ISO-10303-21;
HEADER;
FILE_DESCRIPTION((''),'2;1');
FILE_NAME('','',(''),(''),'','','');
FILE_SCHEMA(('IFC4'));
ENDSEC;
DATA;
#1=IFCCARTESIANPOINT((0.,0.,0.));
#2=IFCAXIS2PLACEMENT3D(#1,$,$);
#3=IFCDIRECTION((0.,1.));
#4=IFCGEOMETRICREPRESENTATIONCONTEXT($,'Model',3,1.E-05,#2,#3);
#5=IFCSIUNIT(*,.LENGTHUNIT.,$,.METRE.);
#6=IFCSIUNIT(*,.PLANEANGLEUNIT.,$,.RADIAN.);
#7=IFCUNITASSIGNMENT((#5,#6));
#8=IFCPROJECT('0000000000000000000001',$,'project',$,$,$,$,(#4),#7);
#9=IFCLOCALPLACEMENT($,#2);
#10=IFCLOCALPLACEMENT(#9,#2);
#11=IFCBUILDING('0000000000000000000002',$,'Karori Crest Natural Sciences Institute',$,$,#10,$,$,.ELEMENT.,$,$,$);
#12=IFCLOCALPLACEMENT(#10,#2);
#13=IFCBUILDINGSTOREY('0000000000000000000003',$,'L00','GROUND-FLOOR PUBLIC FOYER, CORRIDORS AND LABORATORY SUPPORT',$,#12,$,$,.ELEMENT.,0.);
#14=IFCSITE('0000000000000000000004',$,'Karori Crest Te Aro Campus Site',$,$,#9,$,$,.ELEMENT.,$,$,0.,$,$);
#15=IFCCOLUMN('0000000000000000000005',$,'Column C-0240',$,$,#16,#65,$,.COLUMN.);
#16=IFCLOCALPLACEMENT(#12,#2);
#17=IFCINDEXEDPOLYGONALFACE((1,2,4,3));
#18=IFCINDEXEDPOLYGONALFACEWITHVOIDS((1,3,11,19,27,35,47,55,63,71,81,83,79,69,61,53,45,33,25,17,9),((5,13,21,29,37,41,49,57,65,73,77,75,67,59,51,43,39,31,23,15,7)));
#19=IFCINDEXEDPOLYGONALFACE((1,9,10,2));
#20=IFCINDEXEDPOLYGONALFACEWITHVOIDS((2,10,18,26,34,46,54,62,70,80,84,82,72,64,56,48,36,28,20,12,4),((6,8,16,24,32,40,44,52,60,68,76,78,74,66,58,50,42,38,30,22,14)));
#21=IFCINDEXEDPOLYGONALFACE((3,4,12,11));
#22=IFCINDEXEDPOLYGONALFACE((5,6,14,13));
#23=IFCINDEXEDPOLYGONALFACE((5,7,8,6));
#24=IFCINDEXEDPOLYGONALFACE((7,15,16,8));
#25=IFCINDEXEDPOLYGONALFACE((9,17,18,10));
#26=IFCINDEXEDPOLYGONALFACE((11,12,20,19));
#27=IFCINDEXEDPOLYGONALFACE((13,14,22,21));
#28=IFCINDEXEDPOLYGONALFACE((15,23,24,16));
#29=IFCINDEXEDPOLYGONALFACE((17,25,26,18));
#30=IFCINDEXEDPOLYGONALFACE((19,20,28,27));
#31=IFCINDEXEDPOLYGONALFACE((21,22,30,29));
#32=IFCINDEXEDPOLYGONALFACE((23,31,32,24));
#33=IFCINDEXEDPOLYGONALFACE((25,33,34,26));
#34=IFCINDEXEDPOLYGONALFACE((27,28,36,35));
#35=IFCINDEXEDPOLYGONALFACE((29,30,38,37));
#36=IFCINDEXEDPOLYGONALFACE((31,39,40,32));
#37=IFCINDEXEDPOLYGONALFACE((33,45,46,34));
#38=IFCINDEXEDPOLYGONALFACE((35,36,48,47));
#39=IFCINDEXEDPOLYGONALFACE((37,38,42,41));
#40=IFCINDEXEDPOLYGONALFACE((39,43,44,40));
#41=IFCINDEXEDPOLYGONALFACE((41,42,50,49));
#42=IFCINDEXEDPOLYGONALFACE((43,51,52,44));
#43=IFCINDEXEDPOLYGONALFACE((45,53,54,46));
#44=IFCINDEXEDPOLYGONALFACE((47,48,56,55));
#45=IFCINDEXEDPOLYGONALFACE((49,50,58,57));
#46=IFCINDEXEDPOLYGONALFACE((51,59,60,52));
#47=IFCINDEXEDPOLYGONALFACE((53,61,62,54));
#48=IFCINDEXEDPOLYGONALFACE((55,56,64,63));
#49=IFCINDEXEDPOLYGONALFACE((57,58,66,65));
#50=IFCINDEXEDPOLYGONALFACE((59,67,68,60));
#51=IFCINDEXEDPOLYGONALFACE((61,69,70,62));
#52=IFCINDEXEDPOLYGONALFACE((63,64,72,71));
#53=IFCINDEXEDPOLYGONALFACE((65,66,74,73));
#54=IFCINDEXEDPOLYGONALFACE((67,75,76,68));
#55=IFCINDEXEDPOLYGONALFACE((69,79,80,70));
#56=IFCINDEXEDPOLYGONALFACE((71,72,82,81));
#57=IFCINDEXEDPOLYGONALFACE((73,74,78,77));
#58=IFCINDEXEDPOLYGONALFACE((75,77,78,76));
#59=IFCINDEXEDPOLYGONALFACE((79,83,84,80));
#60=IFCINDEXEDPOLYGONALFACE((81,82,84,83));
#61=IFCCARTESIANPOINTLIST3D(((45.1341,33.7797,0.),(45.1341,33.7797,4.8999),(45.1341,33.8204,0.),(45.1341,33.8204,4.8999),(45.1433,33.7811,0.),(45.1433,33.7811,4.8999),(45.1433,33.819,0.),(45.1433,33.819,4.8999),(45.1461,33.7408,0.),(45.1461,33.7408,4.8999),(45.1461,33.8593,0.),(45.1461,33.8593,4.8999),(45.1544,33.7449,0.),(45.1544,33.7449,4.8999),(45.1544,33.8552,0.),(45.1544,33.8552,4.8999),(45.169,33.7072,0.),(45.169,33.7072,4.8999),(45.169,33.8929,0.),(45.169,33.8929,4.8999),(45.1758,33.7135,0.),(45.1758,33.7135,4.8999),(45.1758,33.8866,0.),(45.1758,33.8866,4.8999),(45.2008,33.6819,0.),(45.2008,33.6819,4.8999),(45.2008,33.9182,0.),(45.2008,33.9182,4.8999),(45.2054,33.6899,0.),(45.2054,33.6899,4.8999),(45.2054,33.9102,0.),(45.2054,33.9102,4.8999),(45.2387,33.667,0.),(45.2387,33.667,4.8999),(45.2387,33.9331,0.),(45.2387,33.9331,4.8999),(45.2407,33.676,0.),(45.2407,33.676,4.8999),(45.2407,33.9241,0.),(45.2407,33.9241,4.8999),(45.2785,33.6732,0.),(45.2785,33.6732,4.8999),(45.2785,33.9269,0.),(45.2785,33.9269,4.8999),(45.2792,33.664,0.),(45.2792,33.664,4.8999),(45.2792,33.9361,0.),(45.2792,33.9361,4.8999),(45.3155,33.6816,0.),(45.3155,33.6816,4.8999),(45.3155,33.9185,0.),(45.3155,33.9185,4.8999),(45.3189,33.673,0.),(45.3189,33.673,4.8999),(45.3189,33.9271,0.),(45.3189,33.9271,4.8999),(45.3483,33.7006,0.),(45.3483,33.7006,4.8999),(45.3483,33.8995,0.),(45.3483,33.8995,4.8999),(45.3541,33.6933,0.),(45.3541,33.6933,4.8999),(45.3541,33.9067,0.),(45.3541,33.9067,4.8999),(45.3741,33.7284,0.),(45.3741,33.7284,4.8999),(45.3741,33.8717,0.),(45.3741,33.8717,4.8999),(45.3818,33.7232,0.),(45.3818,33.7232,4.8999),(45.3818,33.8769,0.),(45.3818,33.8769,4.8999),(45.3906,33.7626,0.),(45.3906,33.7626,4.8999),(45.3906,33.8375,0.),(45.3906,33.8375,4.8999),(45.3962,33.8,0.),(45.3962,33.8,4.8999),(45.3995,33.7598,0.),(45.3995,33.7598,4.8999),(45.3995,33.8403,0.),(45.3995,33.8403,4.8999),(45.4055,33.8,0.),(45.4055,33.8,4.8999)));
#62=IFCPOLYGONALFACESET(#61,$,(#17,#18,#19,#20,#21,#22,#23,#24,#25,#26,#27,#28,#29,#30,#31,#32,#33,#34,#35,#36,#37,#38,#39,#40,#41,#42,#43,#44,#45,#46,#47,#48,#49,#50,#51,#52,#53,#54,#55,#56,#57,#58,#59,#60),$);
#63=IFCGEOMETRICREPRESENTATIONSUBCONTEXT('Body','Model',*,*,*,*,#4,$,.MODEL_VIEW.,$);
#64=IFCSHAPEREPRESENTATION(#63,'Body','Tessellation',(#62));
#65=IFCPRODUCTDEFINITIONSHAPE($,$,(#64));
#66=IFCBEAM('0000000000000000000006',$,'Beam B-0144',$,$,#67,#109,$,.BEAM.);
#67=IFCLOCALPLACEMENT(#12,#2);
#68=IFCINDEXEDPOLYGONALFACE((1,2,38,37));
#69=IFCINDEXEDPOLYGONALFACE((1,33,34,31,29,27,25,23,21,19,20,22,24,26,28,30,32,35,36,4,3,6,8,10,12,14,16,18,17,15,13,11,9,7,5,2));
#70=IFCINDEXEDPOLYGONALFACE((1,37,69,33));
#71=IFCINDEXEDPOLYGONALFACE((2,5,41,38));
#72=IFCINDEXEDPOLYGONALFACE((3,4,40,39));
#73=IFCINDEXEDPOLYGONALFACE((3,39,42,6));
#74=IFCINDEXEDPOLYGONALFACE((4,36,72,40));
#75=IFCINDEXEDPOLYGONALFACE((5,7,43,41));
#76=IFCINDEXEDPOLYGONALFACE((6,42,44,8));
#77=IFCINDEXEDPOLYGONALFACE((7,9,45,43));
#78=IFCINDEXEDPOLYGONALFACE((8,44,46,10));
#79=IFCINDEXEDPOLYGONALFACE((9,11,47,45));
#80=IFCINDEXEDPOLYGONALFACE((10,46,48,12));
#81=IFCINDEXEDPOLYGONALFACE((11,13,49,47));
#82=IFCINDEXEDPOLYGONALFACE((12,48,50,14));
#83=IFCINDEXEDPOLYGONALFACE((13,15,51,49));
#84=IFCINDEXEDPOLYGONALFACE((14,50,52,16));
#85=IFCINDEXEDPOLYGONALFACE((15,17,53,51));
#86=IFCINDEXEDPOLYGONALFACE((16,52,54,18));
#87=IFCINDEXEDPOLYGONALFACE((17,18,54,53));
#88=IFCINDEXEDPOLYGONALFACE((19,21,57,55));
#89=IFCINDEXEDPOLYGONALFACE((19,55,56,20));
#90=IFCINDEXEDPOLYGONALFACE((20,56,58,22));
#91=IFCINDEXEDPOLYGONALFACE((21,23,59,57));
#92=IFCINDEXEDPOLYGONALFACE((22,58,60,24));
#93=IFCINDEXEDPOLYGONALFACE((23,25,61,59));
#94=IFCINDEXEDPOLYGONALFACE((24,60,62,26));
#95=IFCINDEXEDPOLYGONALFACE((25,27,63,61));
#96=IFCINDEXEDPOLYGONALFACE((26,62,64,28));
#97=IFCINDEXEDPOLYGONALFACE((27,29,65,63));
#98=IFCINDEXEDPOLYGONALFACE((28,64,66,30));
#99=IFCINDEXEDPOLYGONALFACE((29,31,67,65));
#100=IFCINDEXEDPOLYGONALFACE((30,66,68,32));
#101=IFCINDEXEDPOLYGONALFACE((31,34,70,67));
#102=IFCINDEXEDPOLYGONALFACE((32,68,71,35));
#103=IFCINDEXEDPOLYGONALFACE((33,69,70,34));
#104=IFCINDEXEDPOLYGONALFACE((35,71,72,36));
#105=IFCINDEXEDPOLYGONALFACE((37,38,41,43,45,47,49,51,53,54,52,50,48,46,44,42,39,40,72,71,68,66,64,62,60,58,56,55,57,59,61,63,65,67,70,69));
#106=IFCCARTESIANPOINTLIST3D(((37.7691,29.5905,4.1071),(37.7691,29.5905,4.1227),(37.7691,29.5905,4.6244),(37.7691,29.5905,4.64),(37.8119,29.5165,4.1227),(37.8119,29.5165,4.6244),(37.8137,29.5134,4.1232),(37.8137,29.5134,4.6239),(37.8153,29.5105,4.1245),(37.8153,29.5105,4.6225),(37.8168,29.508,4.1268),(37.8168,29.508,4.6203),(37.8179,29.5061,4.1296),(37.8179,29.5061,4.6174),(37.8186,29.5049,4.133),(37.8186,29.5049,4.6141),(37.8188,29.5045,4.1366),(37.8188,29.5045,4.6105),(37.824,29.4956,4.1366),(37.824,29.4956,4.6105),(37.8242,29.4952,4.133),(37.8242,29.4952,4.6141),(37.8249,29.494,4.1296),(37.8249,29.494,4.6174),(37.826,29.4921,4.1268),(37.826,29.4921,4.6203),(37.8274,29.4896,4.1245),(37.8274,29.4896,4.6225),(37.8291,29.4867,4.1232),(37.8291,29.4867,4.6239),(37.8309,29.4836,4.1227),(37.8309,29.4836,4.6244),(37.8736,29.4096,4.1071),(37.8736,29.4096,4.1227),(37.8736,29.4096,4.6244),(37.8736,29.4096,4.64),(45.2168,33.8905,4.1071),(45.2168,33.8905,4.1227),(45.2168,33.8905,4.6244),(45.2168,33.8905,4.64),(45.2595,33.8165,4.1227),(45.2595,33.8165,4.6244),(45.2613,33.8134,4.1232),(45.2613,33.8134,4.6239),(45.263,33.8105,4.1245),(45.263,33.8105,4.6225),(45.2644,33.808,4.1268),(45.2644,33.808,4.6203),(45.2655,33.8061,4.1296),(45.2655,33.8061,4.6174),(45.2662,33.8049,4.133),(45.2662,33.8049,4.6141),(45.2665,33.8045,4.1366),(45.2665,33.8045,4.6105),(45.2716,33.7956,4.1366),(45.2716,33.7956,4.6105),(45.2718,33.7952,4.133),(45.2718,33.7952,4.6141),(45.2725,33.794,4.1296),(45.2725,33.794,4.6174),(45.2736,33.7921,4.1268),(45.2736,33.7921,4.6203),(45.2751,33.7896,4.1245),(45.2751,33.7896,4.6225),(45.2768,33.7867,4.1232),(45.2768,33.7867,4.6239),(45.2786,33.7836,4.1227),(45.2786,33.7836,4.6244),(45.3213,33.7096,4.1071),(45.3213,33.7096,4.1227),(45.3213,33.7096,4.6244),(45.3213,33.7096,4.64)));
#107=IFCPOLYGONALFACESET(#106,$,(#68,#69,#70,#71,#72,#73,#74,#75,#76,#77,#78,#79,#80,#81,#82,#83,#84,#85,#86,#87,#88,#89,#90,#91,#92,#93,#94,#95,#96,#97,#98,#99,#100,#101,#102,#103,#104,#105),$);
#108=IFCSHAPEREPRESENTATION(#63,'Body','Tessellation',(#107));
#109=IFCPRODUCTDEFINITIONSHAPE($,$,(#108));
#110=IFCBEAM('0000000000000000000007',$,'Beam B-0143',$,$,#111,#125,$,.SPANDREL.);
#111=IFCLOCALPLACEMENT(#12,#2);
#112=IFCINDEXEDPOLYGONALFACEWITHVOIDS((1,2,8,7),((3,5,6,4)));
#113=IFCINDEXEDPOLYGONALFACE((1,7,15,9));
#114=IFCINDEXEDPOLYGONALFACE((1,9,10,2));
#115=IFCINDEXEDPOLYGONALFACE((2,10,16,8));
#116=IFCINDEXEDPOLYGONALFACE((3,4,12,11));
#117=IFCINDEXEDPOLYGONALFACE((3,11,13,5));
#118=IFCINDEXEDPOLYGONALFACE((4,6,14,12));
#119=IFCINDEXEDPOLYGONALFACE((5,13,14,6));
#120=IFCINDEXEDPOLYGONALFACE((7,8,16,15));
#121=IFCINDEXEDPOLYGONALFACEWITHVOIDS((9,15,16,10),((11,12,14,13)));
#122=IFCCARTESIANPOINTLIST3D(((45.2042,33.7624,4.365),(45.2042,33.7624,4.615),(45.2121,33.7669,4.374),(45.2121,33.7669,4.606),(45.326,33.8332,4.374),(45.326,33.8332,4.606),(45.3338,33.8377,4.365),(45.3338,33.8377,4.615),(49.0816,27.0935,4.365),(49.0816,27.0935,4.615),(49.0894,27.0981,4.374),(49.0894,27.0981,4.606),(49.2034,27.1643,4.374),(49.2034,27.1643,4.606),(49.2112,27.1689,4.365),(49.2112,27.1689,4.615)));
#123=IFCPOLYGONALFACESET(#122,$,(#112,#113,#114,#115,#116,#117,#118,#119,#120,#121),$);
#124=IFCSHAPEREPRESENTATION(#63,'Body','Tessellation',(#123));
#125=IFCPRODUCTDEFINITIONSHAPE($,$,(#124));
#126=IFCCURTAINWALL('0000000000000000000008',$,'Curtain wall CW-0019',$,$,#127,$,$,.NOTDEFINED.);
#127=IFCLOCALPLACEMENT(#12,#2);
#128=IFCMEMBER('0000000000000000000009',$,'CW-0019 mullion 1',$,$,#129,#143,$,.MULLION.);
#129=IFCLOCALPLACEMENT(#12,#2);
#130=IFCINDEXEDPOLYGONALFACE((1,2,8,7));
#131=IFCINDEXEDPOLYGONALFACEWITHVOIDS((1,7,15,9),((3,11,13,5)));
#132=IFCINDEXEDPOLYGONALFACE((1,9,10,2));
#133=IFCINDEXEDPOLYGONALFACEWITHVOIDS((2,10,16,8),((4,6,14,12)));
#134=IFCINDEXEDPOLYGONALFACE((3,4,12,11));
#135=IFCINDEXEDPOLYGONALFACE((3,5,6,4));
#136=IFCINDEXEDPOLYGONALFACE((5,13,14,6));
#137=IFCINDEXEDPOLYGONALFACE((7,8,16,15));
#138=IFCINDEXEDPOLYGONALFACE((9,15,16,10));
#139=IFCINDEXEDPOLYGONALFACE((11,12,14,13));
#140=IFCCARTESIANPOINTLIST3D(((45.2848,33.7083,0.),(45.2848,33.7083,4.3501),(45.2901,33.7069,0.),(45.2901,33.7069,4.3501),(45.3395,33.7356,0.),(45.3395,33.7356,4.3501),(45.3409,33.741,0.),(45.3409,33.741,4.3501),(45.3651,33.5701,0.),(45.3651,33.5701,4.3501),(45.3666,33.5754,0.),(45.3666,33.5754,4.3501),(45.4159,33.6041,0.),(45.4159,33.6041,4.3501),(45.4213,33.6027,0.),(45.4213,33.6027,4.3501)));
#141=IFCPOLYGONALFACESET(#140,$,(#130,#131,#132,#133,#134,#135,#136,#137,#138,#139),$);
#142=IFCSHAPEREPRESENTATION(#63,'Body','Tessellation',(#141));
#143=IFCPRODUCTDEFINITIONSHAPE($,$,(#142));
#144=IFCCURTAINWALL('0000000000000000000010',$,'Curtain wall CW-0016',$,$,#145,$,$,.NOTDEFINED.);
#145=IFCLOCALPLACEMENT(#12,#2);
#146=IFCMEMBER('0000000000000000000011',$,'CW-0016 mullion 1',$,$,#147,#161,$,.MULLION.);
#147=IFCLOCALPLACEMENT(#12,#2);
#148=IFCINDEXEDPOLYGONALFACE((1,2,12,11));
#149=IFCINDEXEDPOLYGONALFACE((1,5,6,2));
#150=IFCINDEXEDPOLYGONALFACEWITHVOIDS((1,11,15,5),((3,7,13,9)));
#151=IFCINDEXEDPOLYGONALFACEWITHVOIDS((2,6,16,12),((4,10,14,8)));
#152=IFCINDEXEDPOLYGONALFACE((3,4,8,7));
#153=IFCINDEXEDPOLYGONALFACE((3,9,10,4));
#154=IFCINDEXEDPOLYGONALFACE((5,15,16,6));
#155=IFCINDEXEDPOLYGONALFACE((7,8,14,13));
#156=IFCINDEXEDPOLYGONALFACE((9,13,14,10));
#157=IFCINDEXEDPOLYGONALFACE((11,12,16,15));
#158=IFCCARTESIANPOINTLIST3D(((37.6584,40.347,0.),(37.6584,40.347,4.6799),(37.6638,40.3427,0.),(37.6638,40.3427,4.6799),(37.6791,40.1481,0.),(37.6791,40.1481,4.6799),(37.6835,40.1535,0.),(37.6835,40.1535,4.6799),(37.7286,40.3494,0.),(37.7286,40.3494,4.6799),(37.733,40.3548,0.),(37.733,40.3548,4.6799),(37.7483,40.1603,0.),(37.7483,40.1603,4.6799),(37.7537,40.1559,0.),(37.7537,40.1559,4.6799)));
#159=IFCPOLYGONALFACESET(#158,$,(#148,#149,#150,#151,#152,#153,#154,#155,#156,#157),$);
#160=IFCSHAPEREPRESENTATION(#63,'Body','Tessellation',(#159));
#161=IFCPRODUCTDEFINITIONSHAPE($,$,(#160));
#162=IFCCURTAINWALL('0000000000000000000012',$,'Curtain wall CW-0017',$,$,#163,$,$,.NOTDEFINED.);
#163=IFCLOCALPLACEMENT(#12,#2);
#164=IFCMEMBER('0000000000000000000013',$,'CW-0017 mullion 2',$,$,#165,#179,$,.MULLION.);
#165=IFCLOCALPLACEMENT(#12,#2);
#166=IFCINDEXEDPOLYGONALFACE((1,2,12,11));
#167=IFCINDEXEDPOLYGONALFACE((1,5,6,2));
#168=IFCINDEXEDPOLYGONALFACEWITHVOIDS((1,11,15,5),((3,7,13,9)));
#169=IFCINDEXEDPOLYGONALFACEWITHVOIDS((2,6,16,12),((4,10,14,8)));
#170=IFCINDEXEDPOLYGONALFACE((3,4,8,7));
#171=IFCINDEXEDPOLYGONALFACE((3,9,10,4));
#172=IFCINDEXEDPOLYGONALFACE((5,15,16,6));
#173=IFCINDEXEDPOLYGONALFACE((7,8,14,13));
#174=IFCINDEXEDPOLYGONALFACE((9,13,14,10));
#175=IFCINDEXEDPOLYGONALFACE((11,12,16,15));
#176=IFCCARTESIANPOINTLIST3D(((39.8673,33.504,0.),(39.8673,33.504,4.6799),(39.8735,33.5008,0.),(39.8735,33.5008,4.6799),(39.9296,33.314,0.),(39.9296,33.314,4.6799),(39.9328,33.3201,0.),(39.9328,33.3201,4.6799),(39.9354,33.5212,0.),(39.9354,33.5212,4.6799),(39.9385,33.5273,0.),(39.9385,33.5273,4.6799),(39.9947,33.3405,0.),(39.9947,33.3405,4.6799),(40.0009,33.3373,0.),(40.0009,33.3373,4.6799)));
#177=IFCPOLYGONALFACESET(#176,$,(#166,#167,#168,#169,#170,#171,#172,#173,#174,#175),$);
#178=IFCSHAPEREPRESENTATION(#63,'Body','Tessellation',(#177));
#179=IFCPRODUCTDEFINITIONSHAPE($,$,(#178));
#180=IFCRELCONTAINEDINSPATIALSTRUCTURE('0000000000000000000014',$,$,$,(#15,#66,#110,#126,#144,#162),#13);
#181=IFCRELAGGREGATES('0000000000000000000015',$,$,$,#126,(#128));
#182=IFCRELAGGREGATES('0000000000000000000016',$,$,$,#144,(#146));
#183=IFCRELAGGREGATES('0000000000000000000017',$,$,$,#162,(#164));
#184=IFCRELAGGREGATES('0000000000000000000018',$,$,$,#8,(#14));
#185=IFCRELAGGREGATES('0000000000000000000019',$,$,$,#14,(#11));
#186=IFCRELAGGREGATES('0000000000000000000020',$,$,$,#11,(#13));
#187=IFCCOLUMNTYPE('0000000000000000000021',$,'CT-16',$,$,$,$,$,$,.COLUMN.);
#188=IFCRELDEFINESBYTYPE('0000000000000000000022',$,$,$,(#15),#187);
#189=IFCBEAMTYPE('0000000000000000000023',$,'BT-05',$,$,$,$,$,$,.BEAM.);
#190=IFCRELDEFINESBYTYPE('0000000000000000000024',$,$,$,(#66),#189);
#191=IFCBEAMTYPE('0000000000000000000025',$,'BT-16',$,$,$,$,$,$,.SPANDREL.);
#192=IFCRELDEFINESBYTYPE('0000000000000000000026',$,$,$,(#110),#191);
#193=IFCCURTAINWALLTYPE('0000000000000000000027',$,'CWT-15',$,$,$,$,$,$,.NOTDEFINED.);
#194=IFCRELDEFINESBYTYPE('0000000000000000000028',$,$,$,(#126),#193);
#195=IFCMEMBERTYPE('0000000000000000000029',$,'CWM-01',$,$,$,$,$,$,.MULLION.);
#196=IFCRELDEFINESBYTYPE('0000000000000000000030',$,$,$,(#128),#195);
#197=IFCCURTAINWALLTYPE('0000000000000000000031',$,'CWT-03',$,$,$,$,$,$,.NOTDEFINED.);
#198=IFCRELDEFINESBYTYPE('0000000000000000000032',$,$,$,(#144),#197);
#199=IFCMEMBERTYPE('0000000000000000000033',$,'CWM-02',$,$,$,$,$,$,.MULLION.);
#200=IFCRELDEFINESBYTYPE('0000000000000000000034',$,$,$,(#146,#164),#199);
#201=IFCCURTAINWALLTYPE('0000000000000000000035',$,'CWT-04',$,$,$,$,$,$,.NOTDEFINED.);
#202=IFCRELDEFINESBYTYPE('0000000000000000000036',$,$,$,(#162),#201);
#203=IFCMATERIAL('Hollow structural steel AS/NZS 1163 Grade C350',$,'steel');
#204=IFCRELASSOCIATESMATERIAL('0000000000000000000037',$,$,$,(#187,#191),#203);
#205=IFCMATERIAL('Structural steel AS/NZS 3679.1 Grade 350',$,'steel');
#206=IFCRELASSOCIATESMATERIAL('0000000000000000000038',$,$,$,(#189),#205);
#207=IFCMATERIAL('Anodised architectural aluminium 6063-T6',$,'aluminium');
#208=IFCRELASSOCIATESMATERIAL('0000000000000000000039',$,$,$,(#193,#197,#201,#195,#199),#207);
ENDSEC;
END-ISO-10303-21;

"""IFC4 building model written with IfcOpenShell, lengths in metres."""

from ifc_helpers import new_model, si_unit, direction, frame, origin, origin_2d, place, context, subcontext, project, spatial, hollow_rectangle, hollow_circle, i_section, extrude, material, material_profile, profile_set, type_object, element, aggregate, save


model = new_model("IFC4")

# Units and contexts
model_context = context("Model", 3, precision=1e-05, world=origin(), true_north=direction((0.0, 1.0)))
body_context = subcontext(model_context, "Body", "Model", "MODEL_VIEW")
ifc_project = project(units=[si_unit("LENGTHUNIT", "METRE"), si_unit("PLANEANGLEUNIT", "RADIAN")], contexts=[model_context])

# Site, building, storey
site_placement = place(None, origin())
site = spatial("IfcSite", under=ifc_project, at=site_placement, Name="Karori Crest Te Aro Campus Site", CompositionType="ELEMENT", RefElevation=0.0)
building_placement = place(site_placement, origin())
building = spatial("IfcBuilding", under=site, at=building_placement, Name="Karori Crest Natural Sciences Institute", CompositionType="ELEMENT")
storey_placement = place(building_placement, origin())
storey = spatial("IfcBuildingStorey", under=building, at=storey_placement, Name="L00", Description="GROUND-FLOOR PUBLIC FOYER, CORRIDORS AND LABORATORY SUPPORT", CompositionType="ELEMENT", Elevation=0.0)

# Column
ifc_material_1 = material(Name="Hollow structural steel AS/NZS 1163 Grade C350", Category="steel")
ifc_material_profile_1 = material_profile(ifc_material_1, hollow_circle(Radius=0.1365, WallThickness=0.0093, at=origin_2d()), Name="CHS273.0x9.3")
ifc_profile_set_1 = profile_set([ifc_material_profile_1], Name="Hollow structural steel AS/NZS 1163 Grade C350")
column_type = type_object("IfcColumnType", Name="CT-16", PredefinedType="COLUMN", material=ifc_profile_set_1)
column_placement = place(storey_placement, frame((45.269, 33.8, 0.0), z_axis=(0.0, 0.0, 1.0), x_axis=(1.0, 0.0, 0.0)))
element("IfcColumn", 1, at=column_placement, inside=storey, type_object=column_type, Name="Column C-0240", PredefinedType="COLUMN", context=body_context, shape_type="SweptSolid", body=[
    extrude(hollow_circle(Radius=0.1365, WallThickness=0.0093, at=origin_2d()), origin(), (0.0, 0.0, 1.0), 4.8999),
])

# Beams
ifc_material_2 = material(Name="Structural steel AS/NZS 3679.1 Grade 350", Category="steel")
ifc_material_profile_2 = material_profile(ifc_material_2, i_section(OverallWidth=0.209, OverallDepth=0.533, WebThickness=0.0103, FlangeThickness=0.0156, FilletRadius=0.0139, at=origin_2d()), Name="530UB92.4")
ifc_profile_set_2 = profile_set([ifc_material_profile_2], Name="Structural steel AS/NZS 3679.1 Grade 350")
beam_type_1 = type_object("IfcBeamType", Name="BT-05", PredefinedType="BEAM", material=ifc_profile_set_2)
beam_1_placement = place(storey_placement, frame((45.269, 33.8, 4.3735), z_axis=(-0.866021, -0.500008, 0.0), x_axis=(0.500008, -0.866021, 0.0)))
element("IfcBeam", 2, at=beam_1_placement, inside=storey, type_object=beam_type_1, Name="Beam B-0144", PredefinedType="BEAM", context=body_context, shape_type="SweptSolid", body=[
    extrude(i_section(OverallWidth=0.209, OverallDepth=0.533, WebThickness=0.0103, FlangeThickness=0.0156, FilletRadius=0.0139, at=origin_2d()), origin(), (0.0, 0.0, 1.0), 8.5999),
])
ifc_material_profile_3 = material_profile(ifc_material_1, hollow_rectangle(XDim=0.1499, YDim=0.25, WallThickness=0.009, at=origin_2d()), Name="RHS250x150x9")
ifc_profile_set_3 = profile_set([ifc_material_profile_3], Name="Hollow structural steel AS/NZS 1163 Grade C350")
beam_type_2 = type_object("IfcBeamType", Name="BT-16", PredefinedType="SPANDREL", material=ifc_profile_set_3)
beam_2_placement = place(storey_placement, frame((45.269, 33.8, 4.49), z_axis=(0.502635, -0.864499, 0.0), x_axis=(0.864499, 0.502635, 0.0)))
element("IfcBeam", 3, at=beam_2_placement, inside=storey, type_object=beam_type_2, Name="Beam B-0143", PredefinedType="SPANDREL", context=body_context, shape_type="SweptSolid", body=[
    extrude(hollow_rectangle(XDim=0.1499, YDim=0.25, WallThickness=0.009, at=origin_2d()), origin(), (0.0, 0.0, 1.0), 7.7141),
])

# Curtain walls, members
ifc_material_3 = material(Name="Anodised architectural aluminium 6063-T6", Category="aluminium")
curtain_wall_type_1 = type_object("IfcCurtainWallType", Name="CWT-15", PredefinedType="NOTDEFINED", material=ifc_material_3)
curtain_wall_1_placement = place(storey_placement, origin())
curtain_wall_1 = element("IfcCurtainWall", 4, at=curtain_wall_1_placement, inside=storey, type_object=curtain_wall_type_1, Name="Curtain wall CW-0019", PredefinedType="NOTDEFINED")
ifc_material_profile_4 = material_profile(ifc_material_3, hollow_rectangle(XDim=0.0649, YDim=0.1599, WallThickness=0.0039, at=origin_2d()), Name="CWM160x65x4")
ifc_profile_set_4 = profile_set([ifc_material_profile_4], Name="Anodised architectural aluminium 6063-T6")
member_type_1 = type_object("IfcMemberType", Name="CWM-01", PredefinedType="MULLION", material=ifc_profile_set_4)
member_1_placement = place(storey_placement, frame((45.353, 33.6555, 0.0), z_axis=(0.0, 0.0, 1.0), x_axis=(0.864484, 0.50266, 0.0)))
member_1 = element("IfcMember", 5, at=member_1_placement, type_object=member_type_1, Name="CW-0019 mullion 1", PredefinedType="MULLION", context=body_context, shape_type="SweptSolid", body=[
    extrude(hollow_rectangle(XDim=0.0649, YDim=0.1599, WallThickness=0.0039, at=origin_2d()), origin(), (0.0, 0.0, 1.0), 4.3501),
])
curtain_wall_type_2 = type_object("IfcCurtainWallType", Name="CWT-03", PredefinedType="NOTDEFINED", material=ifc_material_3)
curtain_wall_2_placement = place(storey_placement, origin())
curtain_wall_2 = element("IfcCurtainWall", 6, at=curtain_wall_2_placement, inside=storey, type_object=curtain_wall_type_2, Name="Curtain wall CW-0016", PredefinedType="NOTDEFINED")
ifc_material_profile_5 = material_profile(ifc_material_3, hollow_rectangle(XDim=0.075, YDim=0.2, WallThickness=0.0049, at=origin_2d()), Name="CWM200x75x5")
ifc_profile_set_5 = profile_set([ifc_material_profile_5], Name="Anodised architectural aluminium 6063-T6")
member_type_2 = type_object("IfcMemberType", Name="CWM-02", PredefinedType="MULLION", material=ifc_profile_set_5)
member_2_placement = place(storey_placement, frame((37.7061, 40.2515, 0.0), z_axis=(0.0, 0.0, 1.0), x_axis=(-0.994608, -0.103701, 0.0)))
member_2 = element("IfcMember", 7, at=member_2_placement, type_object=member_type_2, Name="CW-0016 mullion 1", PredefinedType="MULLION", context=body_context, shape_type="SweptSolid", body=[
    extrude(hollow_rectangle(XDim=0.075, YDim=0.2, WallThickness=0.0049, at=origin_2d()), origin(), (0.0, 0.0, 1.0), 4.6799),
])

# Curtain wall, member
curtain_wall_type_3 = type_object("IfcCurtainWallType", Name="CWT-04", PredefinedType="NOTDEFINED", material=ifc_material_3)
curtain_wall_3_placement = place(storey_placement, origin())
curtain_wall_3 = element("IfcCurtainWall", 8, at=curtain_wall_3_placement, inside=storey, type_object=curtain_wall_type_3, Name="Curtain wall CW-0017", PredefinedType="NOTDEFINED")
member_3_placement = place(storey_placement, frame((39.9341, 33.4207, 0.0), z_axis=(0.0, 0.0, 1.0), x_axis=(-0.950176, -0.311714, 0.0)))
member_3 = element("IfcMember", 9, at=member_3_placement, type_object=member_type_2, Name="CW-0017 mullion 2", PredefinedType="MULLION", context=body_context, shape_type="SweptSolid", body=[
    extrude(hollow_rectangle(XDim=0.075, YDim=0.2, WallThickness=0.0049, at=origin_2d()), origin(), (0.0, 0.0, 1.0), 4.6799),
])

aggregate(curtain_wall_1, [member_1])
aggregate(curtain_wall_2, [member_2])

aggregate(curtain_wall_3, [member_3])

save(model, "model.ifc")
